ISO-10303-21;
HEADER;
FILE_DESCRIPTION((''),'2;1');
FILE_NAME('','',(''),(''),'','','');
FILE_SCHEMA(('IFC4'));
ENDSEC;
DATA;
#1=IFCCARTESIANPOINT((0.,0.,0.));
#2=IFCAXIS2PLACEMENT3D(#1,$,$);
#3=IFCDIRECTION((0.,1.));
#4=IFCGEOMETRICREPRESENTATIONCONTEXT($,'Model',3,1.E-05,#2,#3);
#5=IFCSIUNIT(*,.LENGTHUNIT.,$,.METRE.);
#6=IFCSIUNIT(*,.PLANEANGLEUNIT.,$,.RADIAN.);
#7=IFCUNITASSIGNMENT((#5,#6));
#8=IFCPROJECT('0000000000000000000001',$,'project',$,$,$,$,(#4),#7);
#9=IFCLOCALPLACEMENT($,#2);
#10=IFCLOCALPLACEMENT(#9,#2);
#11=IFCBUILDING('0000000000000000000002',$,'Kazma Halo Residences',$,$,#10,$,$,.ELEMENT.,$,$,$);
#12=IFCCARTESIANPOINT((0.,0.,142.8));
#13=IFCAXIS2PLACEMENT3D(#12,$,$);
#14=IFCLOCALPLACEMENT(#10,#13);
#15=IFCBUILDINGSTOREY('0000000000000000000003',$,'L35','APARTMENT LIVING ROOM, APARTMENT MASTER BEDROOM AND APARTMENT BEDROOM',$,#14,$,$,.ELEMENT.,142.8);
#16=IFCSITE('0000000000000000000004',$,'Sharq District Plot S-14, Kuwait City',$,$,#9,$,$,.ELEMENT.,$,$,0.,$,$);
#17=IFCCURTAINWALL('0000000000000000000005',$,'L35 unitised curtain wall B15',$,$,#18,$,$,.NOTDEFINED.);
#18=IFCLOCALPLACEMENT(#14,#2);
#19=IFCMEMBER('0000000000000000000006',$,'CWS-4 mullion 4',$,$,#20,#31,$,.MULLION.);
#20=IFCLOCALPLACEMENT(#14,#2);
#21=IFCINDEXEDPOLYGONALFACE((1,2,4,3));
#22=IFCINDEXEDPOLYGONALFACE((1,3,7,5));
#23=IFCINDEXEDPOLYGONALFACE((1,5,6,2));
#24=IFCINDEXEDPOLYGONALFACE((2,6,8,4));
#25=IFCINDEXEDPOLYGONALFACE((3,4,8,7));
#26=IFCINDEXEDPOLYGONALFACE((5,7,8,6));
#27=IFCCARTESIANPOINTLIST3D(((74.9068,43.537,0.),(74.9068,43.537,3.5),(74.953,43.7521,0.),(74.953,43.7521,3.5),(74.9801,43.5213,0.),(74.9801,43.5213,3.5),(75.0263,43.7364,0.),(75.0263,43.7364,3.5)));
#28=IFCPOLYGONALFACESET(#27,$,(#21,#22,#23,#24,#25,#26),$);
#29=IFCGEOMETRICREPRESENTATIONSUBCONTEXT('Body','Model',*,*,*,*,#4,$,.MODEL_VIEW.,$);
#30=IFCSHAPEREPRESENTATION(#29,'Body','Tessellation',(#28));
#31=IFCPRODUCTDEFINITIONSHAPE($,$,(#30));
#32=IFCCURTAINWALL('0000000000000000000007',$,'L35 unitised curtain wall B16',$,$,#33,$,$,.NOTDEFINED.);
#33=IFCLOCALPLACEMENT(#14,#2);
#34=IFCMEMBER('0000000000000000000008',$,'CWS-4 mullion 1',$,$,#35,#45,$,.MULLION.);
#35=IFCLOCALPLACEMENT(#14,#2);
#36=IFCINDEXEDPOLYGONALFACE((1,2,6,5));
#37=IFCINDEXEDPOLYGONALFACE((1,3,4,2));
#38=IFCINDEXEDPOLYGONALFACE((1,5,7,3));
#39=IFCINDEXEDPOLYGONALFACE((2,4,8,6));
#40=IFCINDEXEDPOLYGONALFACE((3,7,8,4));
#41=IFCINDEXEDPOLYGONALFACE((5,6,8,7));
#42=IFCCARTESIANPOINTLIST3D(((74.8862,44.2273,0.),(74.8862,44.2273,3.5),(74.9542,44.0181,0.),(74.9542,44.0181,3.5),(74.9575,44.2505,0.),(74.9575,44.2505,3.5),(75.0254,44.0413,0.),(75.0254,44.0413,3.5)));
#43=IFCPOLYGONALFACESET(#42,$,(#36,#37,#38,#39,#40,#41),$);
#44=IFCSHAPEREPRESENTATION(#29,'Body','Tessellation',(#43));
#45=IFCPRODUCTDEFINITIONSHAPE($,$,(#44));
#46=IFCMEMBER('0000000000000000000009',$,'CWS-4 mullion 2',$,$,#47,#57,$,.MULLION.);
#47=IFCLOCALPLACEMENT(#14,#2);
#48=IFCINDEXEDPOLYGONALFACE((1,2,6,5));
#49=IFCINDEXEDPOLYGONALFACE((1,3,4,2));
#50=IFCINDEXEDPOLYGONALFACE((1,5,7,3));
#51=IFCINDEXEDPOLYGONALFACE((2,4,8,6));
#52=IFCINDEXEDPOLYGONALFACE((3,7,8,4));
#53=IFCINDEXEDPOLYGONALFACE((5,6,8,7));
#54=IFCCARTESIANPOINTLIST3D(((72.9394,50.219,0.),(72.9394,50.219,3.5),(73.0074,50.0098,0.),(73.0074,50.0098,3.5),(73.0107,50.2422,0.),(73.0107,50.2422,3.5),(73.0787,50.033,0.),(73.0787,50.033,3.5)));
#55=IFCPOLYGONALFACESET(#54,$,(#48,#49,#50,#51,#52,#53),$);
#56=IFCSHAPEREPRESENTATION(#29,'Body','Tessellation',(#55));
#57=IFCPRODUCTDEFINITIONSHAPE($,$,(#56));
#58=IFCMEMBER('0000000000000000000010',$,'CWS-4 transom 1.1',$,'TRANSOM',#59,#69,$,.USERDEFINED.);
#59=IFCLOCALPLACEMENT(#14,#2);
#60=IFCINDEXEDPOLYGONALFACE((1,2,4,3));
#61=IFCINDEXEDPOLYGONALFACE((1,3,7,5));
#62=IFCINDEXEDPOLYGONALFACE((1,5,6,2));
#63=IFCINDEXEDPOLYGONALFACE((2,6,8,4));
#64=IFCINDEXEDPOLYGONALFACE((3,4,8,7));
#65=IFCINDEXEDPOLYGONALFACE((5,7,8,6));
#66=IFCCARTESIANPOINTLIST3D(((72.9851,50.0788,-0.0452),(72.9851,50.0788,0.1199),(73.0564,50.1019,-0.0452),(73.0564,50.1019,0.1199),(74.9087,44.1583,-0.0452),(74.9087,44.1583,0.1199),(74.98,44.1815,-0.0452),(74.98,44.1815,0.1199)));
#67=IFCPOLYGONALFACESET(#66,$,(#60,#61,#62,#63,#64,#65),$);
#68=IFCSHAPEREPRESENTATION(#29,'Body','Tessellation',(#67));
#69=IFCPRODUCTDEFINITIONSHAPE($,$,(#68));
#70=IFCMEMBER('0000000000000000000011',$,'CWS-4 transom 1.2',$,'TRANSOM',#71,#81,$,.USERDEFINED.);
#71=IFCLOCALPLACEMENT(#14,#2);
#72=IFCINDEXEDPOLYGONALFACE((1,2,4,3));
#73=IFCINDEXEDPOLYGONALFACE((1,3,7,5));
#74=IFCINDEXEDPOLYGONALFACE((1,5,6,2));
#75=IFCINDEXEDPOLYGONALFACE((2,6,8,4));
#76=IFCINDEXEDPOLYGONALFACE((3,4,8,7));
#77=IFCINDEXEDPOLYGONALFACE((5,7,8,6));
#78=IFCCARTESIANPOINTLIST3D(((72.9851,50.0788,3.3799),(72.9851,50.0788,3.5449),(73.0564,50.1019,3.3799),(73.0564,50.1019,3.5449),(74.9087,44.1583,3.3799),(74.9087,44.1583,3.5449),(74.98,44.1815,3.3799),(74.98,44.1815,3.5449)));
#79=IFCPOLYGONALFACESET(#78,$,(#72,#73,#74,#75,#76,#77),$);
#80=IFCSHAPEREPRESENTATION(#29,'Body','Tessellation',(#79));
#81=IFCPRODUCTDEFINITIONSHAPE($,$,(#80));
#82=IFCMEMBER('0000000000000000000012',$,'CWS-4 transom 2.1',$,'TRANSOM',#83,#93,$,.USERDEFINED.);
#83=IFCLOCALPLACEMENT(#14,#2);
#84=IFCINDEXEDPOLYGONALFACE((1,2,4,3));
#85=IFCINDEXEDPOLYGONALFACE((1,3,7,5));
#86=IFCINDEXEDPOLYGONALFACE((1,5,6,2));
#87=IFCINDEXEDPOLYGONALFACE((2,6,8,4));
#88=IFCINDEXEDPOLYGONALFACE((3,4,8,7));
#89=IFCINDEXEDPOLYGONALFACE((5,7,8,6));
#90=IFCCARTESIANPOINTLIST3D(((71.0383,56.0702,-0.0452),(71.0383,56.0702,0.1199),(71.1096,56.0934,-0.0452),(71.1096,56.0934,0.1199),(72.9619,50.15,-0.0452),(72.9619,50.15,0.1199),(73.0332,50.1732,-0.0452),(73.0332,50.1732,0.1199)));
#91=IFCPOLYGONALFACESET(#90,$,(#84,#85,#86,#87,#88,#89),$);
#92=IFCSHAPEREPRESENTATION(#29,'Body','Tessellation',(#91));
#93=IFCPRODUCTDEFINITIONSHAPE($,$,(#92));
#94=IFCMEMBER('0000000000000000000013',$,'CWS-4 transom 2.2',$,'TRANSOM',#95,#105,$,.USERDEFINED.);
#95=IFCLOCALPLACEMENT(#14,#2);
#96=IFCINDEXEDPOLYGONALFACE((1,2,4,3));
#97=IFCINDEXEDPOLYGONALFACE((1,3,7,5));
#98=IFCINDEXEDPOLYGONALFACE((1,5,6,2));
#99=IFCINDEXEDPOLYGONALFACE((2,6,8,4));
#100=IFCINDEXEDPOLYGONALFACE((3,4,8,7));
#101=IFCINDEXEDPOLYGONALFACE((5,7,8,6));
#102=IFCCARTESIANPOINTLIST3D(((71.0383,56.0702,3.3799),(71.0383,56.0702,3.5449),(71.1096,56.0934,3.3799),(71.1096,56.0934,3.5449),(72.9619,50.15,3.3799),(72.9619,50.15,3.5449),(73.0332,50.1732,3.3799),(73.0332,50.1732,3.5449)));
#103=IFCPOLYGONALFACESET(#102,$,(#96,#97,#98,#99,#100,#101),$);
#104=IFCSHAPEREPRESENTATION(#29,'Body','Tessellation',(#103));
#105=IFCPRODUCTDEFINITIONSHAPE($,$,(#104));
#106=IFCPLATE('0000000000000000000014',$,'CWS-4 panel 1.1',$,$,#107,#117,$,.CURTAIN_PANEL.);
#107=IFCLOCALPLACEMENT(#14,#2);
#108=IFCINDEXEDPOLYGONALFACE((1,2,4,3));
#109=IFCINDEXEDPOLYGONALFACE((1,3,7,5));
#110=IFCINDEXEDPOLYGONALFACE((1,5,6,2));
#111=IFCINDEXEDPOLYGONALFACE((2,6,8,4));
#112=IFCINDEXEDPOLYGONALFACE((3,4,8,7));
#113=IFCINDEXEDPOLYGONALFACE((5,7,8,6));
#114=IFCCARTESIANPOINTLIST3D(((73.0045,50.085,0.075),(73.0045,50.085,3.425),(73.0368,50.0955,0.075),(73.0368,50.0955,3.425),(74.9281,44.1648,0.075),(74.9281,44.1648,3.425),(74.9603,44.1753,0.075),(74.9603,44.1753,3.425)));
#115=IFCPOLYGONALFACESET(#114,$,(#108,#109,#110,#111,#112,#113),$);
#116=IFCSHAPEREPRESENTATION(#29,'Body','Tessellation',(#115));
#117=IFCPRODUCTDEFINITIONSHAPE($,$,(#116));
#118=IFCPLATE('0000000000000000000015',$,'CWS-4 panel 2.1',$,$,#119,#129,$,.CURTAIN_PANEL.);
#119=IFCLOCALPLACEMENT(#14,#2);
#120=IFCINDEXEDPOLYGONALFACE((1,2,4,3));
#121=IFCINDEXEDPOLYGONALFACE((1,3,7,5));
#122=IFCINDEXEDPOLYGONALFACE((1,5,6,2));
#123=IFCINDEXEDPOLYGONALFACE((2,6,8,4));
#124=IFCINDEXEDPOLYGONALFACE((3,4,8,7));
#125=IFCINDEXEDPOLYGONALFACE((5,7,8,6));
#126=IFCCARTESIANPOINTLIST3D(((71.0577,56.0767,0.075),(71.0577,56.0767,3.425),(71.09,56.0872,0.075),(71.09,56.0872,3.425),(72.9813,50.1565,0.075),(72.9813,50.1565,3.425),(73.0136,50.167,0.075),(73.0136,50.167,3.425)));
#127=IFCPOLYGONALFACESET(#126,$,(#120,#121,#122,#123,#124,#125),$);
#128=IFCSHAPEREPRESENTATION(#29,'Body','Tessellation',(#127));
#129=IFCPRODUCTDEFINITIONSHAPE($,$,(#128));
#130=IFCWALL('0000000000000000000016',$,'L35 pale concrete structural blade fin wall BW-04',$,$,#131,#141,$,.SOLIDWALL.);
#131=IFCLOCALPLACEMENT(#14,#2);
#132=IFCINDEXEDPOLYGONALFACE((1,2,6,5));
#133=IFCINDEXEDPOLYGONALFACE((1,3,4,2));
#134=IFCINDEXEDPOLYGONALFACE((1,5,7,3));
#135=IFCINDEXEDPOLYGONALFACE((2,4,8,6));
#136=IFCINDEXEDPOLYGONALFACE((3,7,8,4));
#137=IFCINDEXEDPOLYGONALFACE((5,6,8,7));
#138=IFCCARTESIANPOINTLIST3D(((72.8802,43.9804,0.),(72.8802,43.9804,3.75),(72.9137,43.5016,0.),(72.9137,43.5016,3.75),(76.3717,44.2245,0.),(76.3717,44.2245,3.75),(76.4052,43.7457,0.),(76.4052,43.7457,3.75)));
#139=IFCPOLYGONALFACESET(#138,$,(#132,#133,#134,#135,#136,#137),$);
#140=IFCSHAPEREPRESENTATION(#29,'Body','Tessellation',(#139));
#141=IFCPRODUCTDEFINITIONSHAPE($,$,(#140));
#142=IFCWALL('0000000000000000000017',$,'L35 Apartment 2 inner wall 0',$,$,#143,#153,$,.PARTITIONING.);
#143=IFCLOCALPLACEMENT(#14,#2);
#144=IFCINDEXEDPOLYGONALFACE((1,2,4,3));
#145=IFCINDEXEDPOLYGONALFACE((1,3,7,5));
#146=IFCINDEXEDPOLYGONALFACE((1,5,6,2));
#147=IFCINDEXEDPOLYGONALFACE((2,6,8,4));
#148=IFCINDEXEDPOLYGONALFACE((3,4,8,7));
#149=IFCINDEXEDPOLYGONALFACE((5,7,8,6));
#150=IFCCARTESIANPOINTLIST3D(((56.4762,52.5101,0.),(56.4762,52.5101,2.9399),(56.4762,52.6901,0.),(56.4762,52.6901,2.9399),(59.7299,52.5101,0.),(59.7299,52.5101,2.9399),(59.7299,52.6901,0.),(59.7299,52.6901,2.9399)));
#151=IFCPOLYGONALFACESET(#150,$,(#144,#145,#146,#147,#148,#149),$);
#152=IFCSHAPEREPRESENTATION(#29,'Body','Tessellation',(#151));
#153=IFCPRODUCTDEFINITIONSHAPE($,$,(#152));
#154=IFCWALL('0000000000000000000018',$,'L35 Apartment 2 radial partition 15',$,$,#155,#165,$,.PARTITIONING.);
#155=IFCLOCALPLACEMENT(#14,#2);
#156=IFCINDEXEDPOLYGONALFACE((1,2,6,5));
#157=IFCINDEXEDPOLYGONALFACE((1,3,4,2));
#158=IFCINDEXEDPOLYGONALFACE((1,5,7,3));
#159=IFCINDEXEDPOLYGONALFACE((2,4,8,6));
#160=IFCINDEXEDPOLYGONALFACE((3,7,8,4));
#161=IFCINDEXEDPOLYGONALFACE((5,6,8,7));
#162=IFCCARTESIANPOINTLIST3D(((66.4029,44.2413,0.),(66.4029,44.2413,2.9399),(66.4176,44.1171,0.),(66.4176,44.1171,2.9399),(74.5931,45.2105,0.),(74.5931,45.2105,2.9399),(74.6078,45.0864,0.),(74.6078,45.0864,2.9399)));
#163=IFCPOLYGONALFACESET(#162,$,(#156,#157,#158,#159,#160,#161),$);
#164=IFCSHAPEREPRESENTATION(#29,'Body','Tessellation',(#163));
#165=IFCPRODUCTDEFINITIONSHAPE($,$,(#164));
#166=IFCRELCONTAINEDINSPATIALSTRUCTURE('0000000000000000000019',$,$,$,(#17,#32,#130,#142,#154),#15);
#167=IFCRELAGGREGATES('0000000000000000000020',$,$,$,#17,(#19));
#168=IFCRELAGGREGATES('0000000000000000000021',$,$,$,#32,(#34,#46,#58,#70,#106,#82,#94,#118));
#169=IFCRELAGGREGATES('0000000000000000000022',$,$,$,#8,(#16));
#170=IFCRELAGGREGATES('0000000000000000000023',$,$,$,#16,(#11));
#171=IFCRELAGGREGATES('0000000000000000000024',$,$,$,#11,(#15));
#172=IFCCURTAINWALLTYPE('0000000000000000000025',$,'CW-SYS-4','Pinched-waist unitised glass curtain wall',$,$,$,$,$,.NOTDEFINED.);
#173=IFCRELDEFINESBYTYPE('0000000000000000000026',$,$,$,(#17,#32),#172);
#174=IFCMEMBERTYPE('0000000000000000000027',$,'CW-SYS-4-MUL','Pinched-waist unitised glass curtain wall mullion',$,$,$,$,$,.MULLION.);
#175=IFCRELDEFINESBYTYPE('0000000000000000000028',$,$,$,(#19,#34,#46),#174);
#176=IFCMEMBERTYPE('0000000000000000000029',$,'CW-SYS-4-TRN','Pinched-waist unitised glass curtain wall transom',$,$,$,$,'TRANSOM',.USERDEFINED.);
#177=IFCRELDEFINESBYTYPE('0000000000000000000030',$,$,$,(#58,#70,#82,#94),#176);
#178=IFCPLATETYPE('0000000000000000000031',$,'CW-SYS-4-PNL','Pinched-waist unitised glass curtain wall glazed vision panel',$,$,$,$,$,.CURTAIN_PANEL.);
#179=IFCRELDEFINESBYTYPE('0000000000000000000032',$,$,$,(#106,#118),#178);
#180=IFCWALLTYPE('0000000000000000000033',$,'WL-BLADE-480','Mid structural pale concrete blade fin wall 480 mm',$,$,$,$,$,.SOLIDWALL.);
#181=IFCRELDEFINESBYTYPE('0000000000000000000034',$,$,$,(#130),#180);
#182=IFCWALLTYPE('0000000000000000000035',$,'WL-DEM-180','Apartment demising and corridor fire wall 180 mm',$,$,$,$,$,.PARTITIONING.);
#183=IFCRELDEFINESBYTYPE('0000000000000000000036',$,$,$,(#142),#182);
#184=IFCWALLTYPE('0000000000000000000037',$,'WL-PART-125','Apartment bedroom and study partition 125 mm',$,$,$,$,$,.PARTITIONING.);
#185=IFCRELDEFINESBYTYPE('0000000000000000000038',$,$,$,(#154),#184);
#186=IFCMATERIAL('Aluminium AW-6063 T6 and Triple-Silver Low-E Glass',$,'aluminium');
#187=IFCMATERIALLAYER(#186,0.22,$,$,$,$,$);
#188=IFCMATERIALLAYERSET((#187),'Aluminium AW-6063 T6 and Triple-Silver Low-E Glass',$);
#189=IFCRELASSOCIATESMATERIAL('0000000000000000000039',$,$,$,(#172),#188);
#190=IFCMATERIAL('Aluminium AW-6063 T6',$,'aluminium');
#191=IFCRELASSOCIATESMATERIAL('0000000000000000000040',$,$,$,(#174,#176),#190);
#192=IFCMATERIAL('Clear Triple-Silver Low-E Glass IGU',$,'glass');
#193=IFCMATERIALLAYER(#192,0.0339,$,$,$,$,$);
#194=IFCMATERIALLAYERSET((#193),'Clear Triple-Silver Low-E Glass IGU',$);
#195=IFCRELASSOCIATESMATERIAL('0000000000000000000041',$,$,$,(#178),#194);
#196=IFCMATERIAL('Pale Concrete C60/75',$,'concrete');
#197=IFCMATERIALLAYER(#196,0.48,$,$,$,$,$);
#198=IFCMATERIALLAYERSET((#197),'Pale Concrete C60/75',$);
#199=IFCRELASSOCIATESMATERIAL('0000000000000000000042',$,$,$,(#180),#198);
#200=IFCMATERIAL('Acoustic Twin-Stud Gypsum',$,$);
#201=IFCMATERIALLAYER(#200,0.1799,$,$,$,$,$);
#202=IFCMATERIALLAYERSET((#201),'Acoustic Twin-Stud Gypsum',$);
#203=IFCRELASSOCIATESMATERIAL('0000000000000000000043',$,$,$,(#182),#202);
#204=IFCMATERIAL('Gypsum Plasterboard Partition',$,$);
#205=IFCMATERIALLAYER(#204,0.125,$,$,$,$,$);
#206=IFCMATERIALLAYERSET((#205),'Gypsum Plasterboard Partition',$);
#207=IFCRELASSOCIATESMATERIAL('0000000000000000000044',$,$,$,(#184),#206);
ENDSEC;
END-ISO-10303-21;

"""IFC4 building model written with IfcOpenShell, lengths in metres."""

from ifc_helpers import new_model, si_unit, direction, frame, frame_2d, origin, origin_2d, place, context, subcontext, project, spatial, rectangle, extrude, material, layer, layer_set, material_profile, profile_set, type_object, element, aggregate, save


model = new_model("IFC4")

# Units and contexts
model_context = context("Model", 3, precision=1e-05, world=origin(), true_north=direction((0.0, 1.0)))
body_context = subcontext(model_context, "Body", "Model", "MODEL_VIEW")
ifc_project = project(units=[si_unit("LENGTHUNIT", "METRE"), si_unit("PLANEANGLEUNIT", "RADIAN")], contexts=[model_context])

# Site, building, storey
site_placement = place(None, origin())
site = spatial("IfcSite", under=ifc_project, at=site_placement, Name="Sharq District Plot S-14, Kuwait City", CompositionType="ELEMENT", RefElevation=0.0)
building_placement = place(site_placement, origin())
building = spatial("IfcBuilding", under=site, at=building_placement, Name="Kazma Halo Residences", CompositionType="ELEMENT")
storey_placement = place(building_placement, frame((0.0, 0.0, 142.8)))
storey = spatial("IfcBuildingStorey", under=building, at=storey_placement, Name="L35", Description="APARTMENT LIVING ROOM, APARTMENT MASTER BEDROOM AND APARTMENT BEDROOM", CompositionType="ELEMENT", Elevation=142.8)

# Curtain wall, member
ifc_material_1 = material(Name="Aluminium AW-6063 T6 and Triple-Silver Low-E Glass", Category="aluminium")
ifc_layer_1 = layer(ifc_material_1, 0.22)
ifc_layer_set_1 = layer_set([ifc_layer_1], Name="Aluminium AW-6063 T6 and Triple-Silver Low-E Glass")
curtain_wall_type = type_object("IfcCurtainWallType", Name="CW-SYS-4", Description="Pinched-waist unitised glass curtain wall", PredefinedType="NOTDEFINED", material=ifc_layer_set_1)
curtain_wall_1_placement = place(storey_placement, origin())
curtain_wall_1 = element("IfcCurtainWall", 1, at=curtain_wall_1_placement, inside=storey, type_object=curtain_wall_type, Name="L35 unitised curtain wall B15", PredefinedType="NOTDEFINED")
ifc_material_2 = material(Name="Aluminium AW-6063 T6", Category="aluminium")
ifc_material_profile_1 = material_profile(ifc_material_2, rectangle(XDim=0.075, YDim=0.22, at=origin_2d()), Name="CWM-75x220")
ifc_profile_set_1 = profile_set([ifc_material_profile_1], Name="Aluminium AW-6063 T6")
member_type_1 = type_object("IfcMemberType", Name="CW-SYS-4-MUL", Description="Pinched-waist unitised glass curtain wall mullion", PredefinedType="MULLION", material=ifc_profile_set_1)
member_1_placement = place(storey_placement, frame((74.9666, 43.6367, 0.0), z_axis=(0.0, 0.0, 1.0), x_axis=(-0.977765, 0.209704, 0.0)))
member_1 = element("IfcMember", 2, at=member_1_placement, type_object=member_type_1, Name="CWS-4 mullion 4", PredefinedType="MULLION", context=body_context, shape_type="SweptSolid", body=[
    extrude(rectangle(XDim=0.075, YDim=0.22, at=origin_2d()), origin(), (0.0, 0.0, 1.0), 3.5),
])
aggregate(curtain_wall_1, [member_1])

# Curtain wall, members, plates
curtain_wall_2_placement = place(storey_placement, origin())
curtain_wall_2 = element("IfcCurtainWall", 3, at=curtain_wall_2_placement, inside=storey, type_object=curtain_wall_type, Name="L35 unitised curtain wall B16", PredefinedType="NOTDEFINED")
member_2_placement = place(storey_placement, frame((74.9558, 44.1343, 0.0), z_axis=(0.0, 0.0, 1.0), x_axis=(-0.951058, -0.309014, 0.0)))
member_2 = element("IfcMember", 4, at=member_2_placement, type_object=member_type_1, Name="CWS-4 mullion 1", PredefinedType="MULLION", context=body_context, shape_type="SweptSolid", body=[
    extrude(rectangle(XDim=0.075, YDim=0.22, at=origin_2d()), origin(), (0.0, 0.0, 1.0), 3.5),
])
member_3_placement = place(storey_placement, frame((73.009, 50.126, 0.0), z_axis=(0.0, 0.0, 1.0), x_axis=(-0.951058, -0.309014, 0.0)))
member_3 = element("IfcMember", 5, at=member_3_placement, type_object=member_type_1, Name="CWS-4 mullion 2", PredefinedType="MULLION", context=body_context, shape_type="SweptSolid", body=[
    extrude(rectangle(XDim=0.075, YDim=0.22, at=origin_2d()), origin(), (0.0, 0.0, 1.0), 3.5),
])
ifc_material_profile_2 = material_profile(ifc_material_2, rectangle(XDim=0.075, YDim=0.165, at=origin_2d()), Name="CWT-75x165")
ifc_profile_set_2 = profile_set([ifc_material_profile_2], Name="Aluminium AW-6063 T6")
member_type_2 = type_object("IfcMemberType", Name="CW-SYS-4-TRN", Description="Pinched-waist unitised glass curtain wall transom", ElementType="TRANSOM", PredefinedType="USERDEFINED", material=ifc_profile_set_2)
member_4_placement = place(storey_placement, frame((74.9443, 44.1699, 0.0374), z_axis=(-0.309006, 0.95106, 0.0), x_axis=(-0.95106, -0.309006, 0.0)))
member_4 = element("IfcMember", 6, at=member_4_placement, type_object=member_type_2, Name="CWS-4 transom 1.1", ObjectType="TRANSOM", PredefinedType="USERDEFINED", context=body_context, shape_type="SweptSolid", body=[
    extrude(rectangle(XDim=0.075, YDim=0.165, at=origin_2d()), origin(), (0.0, 0.0, 1.0), 6.2251),
])
member_5_placement = place(storey_placement, frame((74.9443, 44.1699, 3.4624), z_axis=(-0.309006, 0.95106, 0.0), x_axis=(-0.95106, -0.309006, 0.0)))
member_5 = element("IfcMember", 7, at=member_5_placement, type_object=member_type_2, Name="CWS-4 transom 1.2", ObjectType="TRANSOM", PredefinedType="USERDEFINED", context=body_context, shape_type="SweptSolid", body=[
    extrude(rectangle(XDim=0.075, YDim=0.165, at=origin_2d()), origin(), (0.0, 0.0, 1.0), 6.2251),
])
member_6_placement = place(storey_placement, frame((72.9976, 50.1616, 0.0374), z_axis=(-0.309018, 0.951056, 0.0), x_axis=(-0.951056, -0.309018, 0.0)))
member_6 = element("IfcMember", 8, at=member_6_placement, type_object=member_type_2, Name="CWS-4 transom 2.1", ObjectType="TRANSOM", PredefinedType="USERDEFINED", context=body_context, shape_type="SweptSolid", body=[
    extrude(rectangle(XDim=0.075, YDim=0.165, at=origin_2d()), origin(), (0.0, 0.0, 1.0), 6.2249),
])
member_7_placement = place(storey_placement, frame((72.9976, 50.1616, 3.4624), z_axis=(-0.309018, 0.951056, 0.0), x_axis=(-0.951056, -0.309018, 0.0)))
member_7 = element("IfcMember", 9, at=member_7_placement, type_object=member_type_2, Name="CWS-4 transom 2.2", ObjectType="TRANSOM", PredefinedType="USERDEFINED", context=body_context, shape_type="SweptSolid", body=[
    extrude(rectangle(XDim=0.075, YDim=0.165, at=origin_2d()), origin(), (0.0, 0.0, 1.0), 6.2249),
])
ifc_material_3 = material(Name="Clear Triple-Silver Low-E Glass IGU", Category="glass")
ifc_layer_2 = layer(ifc_material_3, 0.0339)
ifc_layer_set_2 = layer_set([ifc_layer_2], Name="Clear Triple-Silver Low-E Glass IGU")
plate_type = type_object("IfcPlateType", Name="CW-SYS-4-PNL", Description="Pinched-waist unitised glass curtain wall glazed vision panel", PredefinedType="CURTAIN_PANEL", material=ifc_layer_set_2)
plate_1_placement = place(storey_placement, frame((73.9824, 47.1301, 0.075), z_axis=(0.0, 0.0, 1.0), x_axis=(-0.309014, 0.951058, 0.0)))
plate_1 = element("IfcPlate", 10, at=plate_1_placement, type_object=plate_type, Name="CWS-4 panel 1.1", PredefinedType="CURTAIN_PANEL", context=body_context, shape_type="SweptSolid", body=[
    extrude(rectangle(XDim=6.2249, YDim=0.0339, at=origin_2d()), origin(), (0.0, 0.0, 1.0), 3.3501),
])
plate_2_placement = place(storey_placement, frame((72.0356, 53.1218, 0.075), z_axis=(0.0, 0.0, 1.0), x_axis=(-0.309014, 0.951058, 0.0)))
plate_2 = element("IfcPlate", 11, at=plate_2_placement, type_object=plate_type, Name="CWS-4 panel 2.1", PredefinedType="CURTAIN_PANEL", context=body_context, shape_type="SweptSolid", body=[
    extrude(rectangle(XDim=6.2249, YDim=0.0339, at=origin_2d()), origin(), (0.0, 0.0, 1.0), 3.3501),
])
aggregate(curtain_wall_2, [member_2, member_3, member_4, member_5, plate_1, member_6, member_7, plate_2])

# Walls
ifc_material_4 = material(Name="Pale Concrete C60/75", Category="concrete")
ifc_layer_3 = layer(ifc_material_4, 0.48)
ifc_layer_set_3 = layer_set([ifc_layer_3], Name="Pale Concrete C60/75")
wall_type_1 = type_object("IfcWallType", Name="WL-BLADE-480", Description="Mid structural pale concrete blade fin wall 480 mm", PredefinedType="SOLIDWALL", material=ifc_layer_set_3)
wall_1_placement = place(storey_placement, frame((72.897, 43.741, 0.0), z_axis=(0.0, 0.0, 1.0), x_axis=(0.997564, 0.069755, 0.0)))
element("IfcWall", 12, at=wall_1_placement, inside=storey, type_object=wall_type_1, Name="L35 pale concrete structural blade fin wall BW-04", PredefinedType="SOLIDWALL", context=body_context, shape_type="SweptSolid", body=[
    extrude(rectangle(XDim=3.5, YDim=0.48, at=frame_2d((1.75, 0.0))), origin(), (0.0, 0.0, 1.0), 3.75),
])
ifc_material_5 = material(Name="Acoustic Twin-Stud Gypsum")
ifc_layer_4 = layer(ifc_material_5, 0.1799)
ifc_layer_set_4 = layer_set([ifc_layer_4], Name="Acoustic Twin-Stud Gypsum")
wall_type_2 = type_object("IfcWallType", Name="WL-DEM-180", Description="Apartment demising and corridor fire wall 180 mm", PredefinedType="PARTITIONING", material=ifc_layer_set_4)
wall_2_placement = place(storey_placement, frame((59.73, 52.6001, 0.0), z_axis=(0.0, 0.0, 1.0), x_axis=(-1.0, 0.0, 0.0)))
element("IfcWall", 13, at=wall_2_placement, inside=storey, type_object=wall_type_2, Name="L35 Apartment 2 inner wall 0", PredefinedType="PARTITIONING", context=body_context, shape_type="SweptSolid", body=[
    extrude(rectangle(XDim=3.2537, YDim=0.1799, at=frame_2d((1.627, 0.0))), origin(), (0.0, 0.0, 1.0), 2.9399),
])
ifc_material_6 = material(Name="Gypsum Plasterboard Partition")
ifc_layer_5 = layer(ifc_material_6, 0.125)
ifc_layer_set_5 = layer_set([ifc_layer_5], Name="Gypsum Plasterboard Partition")
wall_type_3 = type_object("IfcWallType", Name="WL-PART-125", Description="Apartment bedroom and study partition 125 mm", PredefinedType="PARTITIONING", material=ifc_layer_set_5)
wall_3_placement = place(storey_placement, frame((66.4104, 44.1792, 0.0), z_axis=(0.0, 0.0, 1.0), x_axis=(0.99307, 0.117521, 0.0)))
element("IfcWall", 14, at=wall_3_placement, inside=storey, type_object=wall_type_3, Name="L35 Apartment 2 radial partition 15", PredefinedType="PARTITIONING", context=body_context, shape_type="SweptSolid", body=[
    extrude(rectangle(XDim=8.2473, YDim=0.125, at=frame_2d((4.1235, 0.0))), origin(), (0.0, 0.0, 1.0), 2.9399),
])

save(model, "model.ifc")
